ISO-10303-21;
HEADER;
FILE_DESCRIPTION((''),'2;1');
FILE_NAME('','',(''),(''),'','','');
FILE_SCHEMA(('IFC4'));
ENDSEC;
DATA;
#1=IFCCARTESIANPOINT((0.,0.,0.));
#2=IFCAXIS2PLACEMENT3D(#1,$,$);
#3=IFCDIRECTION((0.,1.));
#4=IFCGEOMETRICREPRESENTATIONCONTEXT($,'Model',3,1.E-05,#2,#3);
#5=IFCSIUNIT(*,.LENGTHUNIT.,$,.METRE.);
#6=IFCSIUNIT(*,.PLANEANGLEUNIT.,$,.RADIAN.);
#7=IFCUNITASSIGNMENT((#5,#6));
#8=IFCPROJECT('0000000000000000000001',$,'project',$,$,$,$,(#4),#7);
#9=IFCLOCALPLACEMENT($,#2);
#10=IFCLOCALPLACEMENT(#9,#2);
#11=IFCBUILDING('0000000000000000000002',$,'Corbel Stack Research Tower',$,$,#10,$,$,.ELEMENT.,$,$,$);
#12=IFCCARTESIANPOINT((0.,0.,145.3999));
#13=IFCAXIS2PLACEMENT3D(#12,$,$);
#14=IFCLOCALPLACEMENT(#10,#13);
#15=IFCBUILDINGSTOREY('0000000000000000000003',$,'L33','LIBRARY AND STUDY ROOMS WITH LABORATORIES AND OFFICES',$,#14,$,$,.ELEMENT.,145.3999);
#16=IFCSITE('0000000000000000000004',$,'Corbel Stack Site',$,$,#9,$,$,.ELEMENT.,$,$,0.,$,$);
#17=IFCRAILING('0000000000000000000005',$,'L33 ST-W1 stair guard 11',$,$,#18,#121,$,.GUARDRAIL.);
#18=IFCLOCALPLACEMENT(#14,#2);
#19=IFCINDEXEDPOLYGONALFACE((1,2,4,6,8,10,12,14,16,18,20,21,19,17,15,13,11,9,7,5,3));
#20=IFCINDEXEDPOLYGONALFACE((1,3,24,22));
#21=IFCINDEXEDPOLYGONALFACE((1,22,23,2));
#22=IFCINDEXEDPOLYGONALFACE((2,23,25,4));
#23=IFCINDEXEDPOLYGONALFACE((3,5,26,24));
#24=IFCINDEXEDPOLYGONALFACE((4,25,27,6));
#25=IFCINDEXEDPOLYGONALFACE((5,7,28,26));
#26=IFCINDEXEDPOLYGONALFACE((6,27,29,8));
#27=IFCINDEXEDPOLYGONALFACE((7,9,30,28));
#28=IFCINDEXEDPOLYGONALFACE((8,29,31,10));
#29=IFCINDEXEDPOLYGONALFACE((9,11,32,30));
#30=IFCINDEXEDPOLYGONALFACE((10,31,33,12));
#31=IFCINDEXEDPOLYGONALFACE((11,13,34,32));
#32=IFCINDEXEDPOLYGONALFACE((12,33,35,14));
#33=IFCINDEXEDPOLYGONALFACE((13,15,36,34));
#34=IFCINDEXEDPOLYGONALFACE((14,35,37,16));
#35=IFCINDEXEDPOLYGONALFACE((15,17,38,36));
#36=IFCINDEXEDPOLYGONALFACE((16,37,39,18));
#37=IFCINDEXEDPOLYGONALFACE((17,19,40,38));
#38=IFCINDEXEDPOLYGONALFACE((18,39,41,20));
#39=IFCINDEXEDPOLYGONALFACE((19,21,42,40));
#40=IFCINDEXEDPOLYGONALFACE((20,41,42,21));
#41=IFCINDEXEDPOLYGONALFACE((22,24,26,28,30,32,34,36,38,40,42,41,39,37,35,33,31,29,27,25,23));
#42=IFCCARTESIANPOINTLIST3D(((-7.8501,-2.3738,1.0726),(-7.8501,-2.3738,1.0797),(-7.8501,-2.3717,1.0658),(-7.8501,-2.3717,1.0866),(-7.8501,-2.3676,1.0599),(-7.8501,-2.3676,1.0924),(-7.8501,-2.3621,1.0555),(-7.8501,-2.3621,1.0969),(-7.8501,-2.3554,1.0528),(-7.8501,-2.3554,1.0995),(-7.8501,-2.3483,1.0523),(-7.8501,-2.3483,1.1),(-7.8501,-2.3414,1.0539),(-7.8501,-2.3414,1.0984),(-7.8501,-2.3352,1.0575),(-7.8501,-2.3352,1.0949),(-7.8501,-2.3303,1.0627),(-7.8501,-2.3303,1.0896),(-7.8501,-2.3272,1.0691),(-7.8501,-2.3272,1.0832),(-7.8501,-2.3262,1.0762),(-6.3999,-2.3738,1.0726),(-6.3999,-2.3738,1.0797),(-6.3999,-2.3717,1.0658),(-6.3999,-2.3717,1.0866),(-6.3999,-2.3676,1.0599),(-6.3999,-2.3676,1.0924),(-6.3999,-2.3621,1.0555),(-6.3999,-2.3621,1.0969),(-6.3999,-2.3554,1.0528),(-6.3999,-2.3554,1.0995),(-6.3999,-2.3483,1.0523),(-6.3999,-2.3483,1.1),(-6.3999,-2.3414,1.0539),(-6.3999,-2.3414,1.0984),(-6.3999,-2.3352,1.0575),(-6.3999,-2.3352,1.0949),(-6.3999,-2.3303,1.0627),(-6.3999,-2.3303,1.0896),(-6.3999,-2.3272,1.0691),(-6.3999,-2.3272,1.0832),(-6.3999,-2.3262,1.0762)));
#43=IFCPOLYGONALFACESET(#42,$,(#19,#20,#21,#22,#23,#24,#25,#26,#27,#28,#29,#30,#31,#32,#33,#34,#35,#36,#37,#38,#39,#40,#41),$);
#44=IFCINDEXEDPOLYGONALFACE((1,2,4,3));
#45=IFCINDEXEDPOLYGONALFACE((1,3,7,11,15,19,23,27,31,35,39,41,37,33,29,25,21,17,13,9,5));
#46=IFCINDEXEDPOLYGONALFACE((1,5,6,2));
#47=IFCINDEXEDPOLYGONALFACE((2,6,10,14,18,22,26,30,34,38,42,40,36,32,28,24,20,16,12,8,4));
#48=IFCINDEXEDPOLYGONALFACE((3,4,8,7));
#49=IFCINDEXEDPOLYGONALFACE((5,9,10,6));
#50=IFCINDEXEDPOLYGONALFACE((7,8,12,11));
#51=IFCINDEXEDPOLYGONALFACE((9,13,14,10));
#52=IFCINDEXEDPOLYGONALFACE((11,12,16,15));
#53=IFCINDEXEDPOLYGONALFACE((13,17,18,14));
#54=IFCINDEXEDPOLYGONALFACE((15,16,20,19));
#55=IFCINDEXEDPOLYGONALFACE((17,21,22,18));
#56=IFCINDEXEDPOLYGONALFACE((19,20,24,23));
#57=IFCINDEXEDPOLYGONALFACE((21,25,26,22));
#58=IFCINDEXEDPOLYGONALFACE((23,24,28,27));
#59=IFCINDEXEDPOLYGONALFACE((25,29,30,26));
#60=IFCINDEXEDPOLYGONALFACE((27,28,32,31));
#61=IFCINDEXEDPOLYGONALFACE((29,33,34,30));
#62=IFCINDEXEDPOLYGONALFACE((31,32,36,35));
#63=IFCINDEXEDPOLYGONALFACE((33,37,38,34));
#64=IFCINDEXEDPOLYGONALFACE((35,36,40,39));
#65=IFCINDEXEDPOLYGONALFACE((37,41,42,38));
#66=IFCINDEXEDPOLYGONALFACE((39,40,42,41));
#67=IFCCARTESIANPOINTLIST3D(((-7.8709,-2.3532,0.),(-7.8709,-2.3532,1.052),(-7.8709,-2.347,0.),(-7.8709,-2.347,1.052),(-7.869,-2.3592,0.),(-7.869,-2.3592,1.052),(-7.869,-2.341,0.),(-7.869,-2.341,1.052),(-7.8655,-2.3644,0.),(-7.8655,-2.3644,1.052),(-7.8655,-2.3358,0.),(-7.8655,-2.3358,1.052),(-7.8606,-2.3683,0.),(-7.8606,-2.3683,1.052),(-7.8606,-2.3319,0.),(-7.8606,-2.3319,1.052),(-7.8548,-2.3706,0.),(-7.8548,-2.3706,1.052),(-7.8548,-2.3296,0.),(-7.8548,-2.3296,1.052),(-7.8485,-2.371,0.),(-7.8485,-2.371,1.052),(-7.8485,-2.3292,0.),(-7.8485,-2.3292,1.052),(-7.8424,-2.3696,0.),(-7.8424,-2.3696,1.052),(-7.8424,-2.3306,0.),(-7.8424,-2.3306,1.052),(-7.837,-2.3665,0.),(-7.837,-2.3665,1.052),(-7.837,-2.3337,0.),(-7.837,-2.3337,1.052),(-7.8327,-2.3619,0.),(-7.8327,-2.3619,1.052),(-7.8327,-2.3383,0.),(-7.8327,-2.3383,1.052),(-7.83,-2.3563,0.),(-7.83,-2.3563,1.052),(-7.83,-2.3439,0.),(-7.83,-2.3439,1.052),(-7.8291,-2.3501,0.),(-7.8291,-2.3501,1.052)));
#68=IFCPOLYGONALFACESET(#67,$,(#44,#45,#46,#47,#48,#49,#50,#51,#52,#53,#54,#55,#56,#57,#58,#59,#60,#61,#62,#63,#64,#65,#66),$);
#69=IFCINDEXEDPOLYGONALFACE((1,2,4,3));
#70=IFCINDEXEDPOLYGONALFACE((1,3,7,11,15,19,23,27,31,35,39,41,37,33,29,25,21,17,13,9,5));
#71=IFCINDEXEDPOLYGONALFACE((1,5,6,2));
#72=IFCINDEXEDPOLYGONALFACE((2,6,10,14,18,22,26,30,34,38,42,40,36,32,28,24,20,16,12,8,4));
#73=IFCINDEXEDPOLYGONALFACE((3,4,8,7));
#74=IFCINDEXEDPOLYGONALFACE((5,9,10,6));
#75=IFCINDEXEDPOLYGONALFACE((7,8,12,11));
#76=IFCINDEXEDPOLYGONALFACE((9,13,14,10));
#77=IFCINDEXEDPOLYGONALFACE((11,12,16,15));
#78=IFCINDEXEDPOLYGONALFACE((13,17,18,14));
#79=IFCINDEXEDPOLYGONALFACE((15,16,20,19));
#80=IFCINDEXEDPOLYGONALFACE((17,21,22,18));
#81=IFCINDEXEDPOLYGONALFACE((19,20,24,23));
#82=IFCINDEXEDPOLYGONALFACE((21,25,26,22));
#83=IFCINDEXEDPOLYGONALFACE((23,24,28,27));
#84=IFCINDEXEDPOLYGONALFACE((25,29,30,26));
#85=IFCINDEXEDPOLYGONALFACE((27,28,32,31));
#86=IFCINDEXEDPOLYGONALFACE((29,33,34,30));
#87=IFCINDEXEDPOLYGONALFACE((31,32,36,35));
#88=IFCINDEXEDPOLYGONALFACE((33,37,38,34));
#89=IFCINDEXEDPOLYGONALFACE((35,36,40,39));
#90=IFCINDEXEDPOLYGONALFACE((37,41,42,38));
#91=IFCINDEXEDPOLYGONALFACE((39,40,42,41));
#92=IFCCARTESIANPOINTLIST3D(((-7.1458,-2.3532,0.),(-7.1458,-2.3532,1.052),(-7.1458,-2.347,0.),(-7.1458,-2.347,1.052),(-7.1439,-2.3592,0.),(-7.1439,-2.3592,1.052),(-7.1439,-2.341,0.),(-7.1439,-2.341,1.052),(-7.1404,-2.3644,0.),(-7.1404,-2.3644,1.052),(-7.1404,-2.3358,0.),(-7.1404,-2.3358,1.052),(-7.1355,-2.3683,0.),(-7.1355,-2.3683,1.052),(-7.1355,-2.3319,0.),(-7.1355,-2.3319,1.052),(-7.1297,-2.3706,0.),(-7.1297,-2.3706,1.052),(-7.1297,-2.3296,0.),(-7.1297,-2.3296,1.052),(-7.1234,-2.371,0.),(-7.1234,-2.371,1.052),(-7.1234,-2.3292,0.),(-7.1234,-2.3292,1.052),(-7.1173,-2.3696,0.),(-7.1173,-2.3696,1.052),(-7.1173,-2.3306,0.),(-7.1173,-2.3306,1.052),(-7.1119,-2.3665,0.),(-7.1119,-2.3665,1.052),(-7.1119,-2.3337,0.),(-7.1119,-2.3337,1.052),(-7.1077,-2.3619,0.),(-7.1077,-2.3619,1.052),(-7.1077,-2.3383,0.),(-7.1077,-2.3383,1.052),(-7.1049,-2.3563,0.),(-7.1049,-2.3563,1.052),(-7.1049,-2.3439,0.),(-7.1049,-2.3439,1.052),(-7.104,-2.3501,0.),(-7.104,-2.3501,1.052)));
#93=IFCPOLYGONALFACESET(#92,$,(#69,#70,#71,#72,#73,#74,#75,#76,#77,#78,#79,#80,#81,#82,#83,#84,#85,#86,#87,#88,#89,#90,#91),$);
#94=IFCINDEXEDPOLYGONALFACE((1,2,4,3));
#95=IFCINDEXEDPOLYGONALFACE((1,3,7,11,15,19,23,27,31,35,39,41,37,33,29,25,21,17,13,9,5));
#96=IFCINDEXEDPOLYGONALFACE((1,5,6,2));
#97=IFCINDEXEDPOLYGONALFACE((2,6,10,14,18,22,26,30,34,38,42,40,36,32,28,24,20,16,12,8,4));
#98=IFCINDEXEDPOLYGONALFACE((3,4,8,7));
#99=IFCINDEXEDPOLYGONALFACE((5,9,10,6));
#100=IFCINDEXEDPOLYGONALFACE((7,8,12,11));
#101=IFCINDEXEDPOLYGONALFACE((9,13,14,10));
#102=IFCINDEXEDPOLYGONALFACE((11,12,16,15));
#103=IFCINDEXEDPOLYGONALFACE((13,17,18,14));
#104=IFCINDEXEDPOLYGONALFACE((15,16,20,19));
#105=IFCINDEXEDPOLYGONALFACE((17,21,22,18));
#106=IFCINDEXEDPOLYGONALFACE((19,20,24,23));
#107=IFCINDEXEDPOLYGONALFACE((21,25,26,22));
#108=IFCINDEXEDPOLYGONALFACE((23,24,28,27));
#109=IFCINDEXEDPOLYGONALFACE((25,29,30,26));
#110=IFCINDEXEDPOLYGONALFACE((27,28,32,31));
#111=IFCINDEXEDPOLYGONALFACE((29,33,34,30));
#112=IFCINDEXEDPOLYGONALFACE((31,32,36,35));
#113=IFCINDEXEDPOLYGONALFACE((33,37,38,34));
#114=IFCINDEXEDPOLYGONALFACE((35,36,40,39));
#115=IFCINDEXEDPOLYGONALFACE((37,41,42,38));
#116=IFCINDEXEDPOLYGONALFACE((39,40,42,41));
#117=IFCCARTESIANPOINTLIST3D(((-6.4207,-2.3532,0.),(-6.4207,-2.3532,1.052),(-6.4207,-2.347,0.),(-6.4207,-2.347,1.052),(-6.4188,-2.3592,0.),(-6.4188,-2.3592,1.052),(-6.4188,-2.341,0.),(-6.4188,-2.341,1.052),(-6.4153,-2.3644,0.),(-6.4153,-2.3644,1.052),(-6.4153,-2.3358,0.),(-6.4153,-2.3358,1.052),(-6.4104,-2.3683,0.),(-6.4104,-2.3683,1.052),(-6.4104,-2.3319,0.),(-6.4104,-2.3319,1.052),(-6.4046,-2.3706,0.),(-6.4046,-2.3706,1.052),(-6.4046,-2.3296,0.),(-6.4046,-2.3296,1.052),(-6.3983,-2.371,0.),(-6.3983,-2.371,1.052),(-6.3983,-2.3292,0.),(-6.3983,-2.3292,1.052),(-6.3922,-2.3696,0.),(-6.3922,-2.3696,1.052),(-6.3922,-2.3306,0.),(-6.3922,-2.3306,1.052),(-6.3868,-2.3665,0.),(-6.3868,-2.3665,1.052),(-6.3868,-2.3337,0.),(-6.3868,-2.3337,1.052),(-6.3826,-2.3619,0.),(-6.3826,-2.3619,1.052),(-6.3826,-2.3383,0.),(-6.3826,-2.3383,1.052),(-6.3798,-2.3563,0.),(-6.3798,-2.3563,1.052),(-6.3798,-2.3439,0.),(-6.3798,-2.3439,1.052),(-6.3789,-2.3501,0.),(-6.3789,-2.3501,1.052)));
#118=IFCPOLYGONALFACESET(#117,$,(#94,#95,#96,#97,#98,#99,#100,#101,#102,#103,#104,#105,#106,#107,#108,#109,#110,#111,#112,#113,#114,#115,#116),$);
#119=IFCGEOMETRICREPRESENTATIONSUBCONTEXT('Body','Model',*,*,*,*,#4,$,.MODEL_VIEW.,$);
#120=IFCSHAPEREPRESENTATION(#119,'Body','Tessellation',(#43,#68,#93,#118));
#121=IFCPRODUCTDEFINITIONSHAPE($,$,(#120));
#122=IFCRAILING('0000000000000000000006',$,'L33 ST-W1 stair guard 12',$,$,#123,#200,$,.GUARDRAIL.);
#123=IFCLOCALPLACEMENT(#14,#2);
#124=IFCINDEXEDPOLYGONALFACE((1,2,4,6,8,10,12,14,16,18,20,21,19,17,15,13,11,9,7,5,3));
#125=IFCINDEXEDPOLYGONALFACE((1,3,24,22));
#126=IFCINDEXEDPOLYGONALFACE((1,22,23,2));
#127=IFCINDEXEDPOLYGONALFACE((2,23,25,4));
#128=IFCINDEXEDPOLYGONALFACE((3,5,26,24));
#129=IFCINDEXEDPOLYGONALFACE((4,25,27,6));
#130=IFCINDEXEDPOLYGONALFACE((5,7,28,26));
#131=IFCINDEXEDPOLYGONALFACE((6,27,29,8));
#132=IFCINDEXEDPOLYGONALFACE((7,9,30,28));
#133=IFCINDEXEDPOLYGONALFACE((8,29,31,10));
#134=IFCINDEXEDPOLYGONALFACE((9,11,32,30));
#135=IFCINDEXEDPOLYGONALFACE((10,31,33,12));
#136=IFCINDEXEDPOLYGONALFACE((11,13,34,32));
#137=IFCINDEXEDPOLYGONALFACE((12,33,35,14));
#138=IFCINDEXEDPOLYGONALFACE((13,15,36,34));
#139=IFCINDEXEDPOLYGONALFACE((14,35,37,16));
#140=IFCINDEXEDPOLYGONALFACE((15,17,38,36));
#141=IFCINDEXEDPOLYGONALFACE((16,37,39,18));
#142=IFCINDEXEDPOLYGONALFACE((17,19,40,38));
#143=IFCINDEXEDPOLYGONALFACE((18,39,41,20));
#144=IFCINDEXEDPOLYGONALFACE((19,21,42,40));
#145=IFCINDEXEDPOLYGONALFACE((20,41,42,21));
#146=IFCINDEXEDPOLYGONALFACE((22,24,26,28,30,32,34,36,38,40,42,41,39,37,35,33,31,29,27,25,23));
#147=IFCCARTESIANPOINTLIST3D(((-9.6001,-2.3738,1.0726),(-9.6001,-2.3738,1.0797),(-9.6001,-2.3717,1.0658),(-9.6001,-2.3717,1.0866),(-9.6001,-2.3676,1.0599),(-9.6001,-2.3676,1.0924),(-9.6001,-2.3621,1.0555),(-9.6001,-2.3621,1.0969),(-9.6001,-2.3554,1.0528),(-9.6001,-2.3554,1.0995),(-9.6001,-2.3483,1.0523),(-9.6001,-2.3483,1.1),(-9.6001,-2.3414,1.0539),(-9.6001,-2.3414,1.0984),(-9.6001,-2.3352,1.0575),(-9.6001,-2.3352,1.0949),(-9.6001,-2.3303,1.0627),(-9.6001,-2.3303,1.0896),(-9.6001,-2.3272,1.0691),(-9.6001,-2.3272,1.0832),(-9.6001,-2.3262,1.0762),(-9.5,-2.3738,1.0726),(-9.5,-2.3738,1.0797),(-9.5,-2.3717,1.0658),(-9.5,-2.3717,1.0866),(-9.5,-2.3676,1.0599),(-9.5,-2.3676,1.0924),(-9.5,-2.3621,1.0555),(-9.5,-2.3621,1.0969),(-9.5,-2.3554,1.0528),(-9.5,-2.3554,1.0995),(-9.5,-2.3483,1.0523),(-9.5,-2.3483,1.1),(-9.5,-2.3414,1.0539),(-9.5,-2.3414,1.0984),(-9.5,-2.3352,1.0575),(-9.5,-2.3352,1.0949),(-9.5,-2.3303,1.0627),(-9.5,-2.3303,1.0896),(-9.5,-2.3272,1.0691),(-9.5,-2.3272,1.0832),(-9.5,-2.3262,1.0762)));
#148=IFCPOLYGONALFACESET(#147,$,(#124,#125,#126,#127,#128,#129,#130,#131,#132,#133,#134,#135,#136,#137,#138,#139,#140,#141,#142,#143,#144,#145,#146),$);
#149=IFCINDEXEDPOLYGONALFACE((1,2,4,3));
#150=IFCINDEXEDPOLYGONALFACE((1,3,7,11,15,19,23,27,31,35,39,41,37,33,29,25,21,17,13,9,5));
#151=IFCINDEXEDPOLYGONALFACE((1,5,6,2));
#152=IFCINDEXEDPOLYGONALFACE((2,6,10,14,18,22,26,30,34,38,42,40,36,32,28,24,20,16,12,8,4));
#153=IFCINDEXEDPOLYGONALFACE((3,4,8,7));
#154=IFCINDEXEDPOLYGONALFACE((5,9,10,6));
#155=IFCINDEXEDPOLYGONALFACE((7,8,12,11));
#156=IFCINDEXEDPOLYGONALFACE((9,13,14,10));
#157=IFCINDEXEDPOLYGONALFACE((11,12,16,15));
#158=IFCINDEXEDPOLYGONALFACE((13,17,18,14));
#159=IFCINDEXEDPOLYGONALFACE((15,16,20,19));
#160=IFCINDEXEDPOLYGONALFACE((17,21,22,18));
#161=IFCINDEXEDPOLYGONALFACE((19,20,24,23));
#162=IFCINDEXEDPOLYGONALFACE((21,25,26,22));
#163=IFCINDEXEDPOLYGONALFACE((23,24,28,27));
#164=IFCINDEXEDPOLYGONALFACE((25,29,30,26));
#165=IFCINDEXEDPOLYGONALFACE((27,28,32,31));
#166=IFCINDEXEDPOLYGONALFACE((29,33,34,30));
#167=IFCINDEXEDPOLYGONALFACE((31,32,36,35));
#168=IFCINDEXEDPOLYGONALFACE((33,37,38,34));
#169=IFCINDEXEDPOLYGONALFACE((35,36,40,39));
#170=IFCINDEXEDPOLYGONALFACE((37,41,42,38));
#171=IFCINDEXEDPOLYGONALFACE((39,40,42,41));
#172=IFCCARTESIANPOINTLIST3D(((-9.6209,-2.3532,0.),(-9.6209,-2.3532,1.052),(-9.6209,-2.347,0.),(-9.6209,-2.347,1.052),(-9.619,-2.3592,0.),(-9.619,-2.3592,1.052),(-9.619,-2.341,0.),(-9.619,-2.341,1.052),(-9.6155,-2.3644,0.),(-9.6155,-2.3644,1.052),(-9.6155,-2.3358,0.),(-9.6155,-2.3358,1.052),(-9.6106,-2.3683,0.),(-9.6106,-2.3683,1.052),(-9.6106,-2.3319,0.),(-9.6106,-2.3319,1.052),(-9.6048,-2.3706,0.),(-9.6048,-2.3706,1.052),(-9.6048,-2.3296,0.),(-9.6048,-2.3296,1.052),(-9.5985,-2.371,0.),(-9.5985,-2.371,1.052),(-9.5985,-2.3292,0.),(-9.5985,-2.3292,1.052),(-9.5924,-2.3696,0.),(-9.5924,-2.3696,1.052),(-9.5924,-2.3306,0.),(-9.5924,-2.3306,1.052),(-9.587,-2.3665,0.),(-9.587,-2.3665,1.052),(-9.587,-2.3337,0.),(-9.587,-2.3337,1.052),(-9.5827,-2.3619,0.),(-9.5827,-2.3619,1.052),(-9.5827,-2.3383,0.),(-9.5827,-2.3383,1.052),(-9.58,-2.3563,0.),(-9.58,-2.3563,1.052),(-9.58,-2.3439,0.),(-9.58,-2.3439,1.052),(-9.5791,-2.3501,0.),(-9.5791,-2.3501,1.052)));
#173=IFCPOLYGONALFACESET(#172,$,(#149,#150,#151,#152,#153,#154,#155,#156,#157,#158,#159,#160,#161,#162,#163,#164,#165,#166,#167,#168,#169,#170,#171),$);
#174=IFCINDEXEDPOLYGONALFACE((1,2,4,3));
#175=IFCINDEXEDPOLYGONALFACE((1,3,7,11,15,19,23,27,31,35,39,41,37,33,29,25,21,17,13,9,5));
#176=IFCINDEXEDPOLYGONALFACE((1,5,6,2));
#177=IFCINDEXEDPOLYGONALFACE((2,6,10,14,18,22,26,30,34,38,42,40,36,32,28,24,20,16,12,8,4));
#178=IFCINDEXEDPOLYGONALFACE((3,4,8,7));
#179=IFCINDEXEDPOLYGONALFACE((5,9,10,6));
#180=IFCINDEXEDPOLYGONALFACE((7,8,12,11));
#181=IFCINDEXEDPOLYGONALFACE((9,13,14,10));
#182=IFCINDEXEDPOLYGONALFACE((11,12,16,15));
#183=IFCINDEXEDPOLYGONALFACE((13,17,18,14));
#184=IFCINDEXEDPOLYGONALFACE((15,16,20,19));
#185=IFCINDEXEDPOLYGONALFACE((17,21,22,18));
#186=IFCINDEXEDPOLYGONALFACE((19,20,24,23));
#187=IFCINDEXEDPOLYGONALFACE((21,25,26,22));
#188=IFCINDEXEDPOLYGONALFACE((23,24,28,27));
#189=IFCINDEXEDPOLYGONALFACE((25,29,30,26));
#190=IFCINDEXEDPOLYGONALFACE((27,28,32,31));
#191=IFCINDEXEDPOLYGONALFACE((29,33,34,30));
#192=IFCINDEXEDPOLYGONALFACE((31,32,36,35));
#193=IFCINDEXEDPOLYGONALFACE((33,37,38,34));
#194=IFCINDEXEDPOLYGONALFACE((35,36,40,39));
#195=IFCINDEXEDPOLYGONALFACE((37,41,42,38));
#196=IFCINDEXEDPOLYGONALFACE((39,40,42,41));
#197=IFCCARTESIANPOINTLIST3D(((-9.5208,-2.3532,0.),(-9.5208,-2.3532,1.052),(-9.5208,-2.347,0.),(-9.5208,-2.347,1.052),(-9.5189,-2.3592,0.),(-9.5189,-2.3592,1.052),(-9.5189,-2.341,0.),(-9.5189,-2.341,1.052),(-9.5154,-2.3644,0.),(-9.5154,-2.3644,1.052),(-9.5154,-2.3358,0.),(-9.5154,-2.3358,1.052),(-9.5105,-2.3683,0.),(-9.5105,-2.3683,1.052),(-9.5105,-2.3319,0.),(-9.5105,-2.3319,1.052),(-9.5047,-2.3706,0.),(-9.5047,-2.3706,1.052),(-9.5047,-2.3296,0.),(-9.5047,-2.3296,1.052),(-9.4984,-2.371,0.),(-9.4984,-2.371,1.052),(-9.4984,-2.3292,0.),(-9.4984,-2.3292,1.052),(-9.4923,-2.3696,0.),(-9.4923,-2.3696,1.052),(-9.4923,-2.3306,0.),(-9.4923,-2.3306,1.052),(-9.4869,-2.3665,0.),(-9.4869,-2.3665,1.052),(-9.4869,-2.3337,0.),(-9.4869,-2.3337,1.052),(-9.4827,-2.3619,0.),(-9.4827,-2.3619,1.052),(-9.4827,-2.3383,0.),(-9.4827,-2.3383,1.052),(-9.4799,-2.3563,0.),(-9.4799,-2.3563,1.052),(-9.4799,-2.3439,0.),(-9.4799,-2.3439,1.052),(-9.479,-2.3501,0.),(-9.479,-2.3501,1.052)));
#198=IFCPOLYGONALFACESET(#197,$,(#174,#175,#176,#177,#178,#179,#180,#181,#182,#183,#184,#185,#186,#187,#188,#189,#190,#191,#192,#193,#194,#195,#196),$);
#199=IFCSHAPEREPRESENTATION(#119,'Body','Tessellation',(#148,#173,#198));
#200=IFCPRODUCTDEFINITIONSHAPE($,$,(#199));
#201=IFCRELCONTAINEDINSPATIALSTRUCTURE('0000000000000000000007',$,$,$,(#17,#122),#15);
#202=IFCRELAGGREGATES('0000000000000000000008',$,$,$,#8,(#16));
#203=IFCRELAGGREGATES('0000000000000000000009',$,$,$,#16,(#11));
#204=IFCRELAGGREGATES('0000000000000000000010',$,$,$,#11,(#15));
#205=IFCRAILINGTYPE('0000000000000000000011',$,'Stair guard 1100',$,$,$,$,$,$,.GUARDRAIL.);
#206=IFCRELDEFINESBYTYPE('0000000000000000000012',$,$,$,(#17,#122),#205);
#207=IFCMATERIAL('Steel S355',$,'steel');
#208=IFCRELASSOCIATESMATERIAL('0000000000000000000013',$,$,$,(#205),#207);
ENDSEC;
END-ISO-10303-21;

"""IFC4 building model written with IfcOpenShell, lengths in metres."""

from ifc_helpers import new_model, si_unit, direction, frame, origin, origin_2d, place, context, subcontext, project, spatial, circle, extrude, material, type_object, element, save


model = new_model("IFC4")

# Units and contexts
model_context = context("Model", 3, precision=1e-05, world=origin(), true_north=direction((0.0, 1.0)))
body_context = subcontext(model_context, "Body", "Model", "MODEL_VIEW")
ifc_project = project(units=[si_unit("LENGTHUNIT", "METRE"), si_unit("PLANEANGLEUNIT", "RADIAN")], contexts=[model_context])

# Site, building, storey
site_placement = place(None, origin())
site = spatial("IfcSite", under=ifc_project, at=site_placement, Name="Corbel Stack Site", CompositionType="ELEMENT", RefElevation=0.0)
building_placement = place(site_placement, origin())
building = spatial("IfcBuilding", under=site, at=building_placement, Name="Corbel Stack Research Tower", CompositionType="ELEMENT")
storey_placement = place(building_placement, frame((0.0, 0.0, 145.3999)))
storey = spatial("IfcBuildingStorey", under=building, at=storey_placement, Name="L33", Description="LIBRARY AND STUDY ROOMS WITH LABORATORIES AND OFFICES", CompositionType="ELEMENT", Elevation=145.3999)

# Railings
ifc_material_1 = material(Name="Steel S355", Category="steel")
railing_type = type_object("IfcRailingType", Name="Stair guard 1100", PredefinedType="GUARDRAIL", material=ifc_material_1)
railing_1_placement = place(storey_placement, frame((-7.8501, -2.3501, 0.0)))
element("IfcRailing", 1, at=railing_1_placement, inside=storey, type_object=railing_type, Name="L33 ST-W1 stair guard 11", PredefinedType="GUARDRAIL", context=body_context, shape_type="SweptSolid", body=[
    extrude(circle(Radius=0.0239, at=origin_2d()), frame((0.0, 0.0, 1.0762), z_axis=(1.0, 0.0, 0.0), x_axis=(0.0, 1.0, 0.0)), (0.0, 0.0, 1.0), 1.4502),
    extrude(circle(Radius=0.021, at=origin_2d()), origin(), (0.0, 0.0, 1.0), 1.052),
    extrude(circle(Radius=0.021, at=origin_2d()), frame((0.7251, 0.0, 0.0)), (0.0, 0.0, 1.0), 1.052),
    extrude(circle(Radius=0.021, at=origin_2d()), frame((1.4502, 0.0, 0.0)), (0.0, 0.0, 1.0), 1.052),
])
railing_2_placement = place(storey_placement, frame((-9.6001, -2.3501, 0.0)))
element("IfcRailing", 2, at=railing_2_placement, inside=storey, type_object=railing_type, Name="L33 ST-W1 stair guard 12", PredefinedType="GUARDRAIL", context=body_context, shape_type="SweptSolid", body=[
    extrude(circle(Radius=0.0239, at=origin_2d()), frame((0.0, 0.0, 1.0762), z_axis=(1.0, 0.0, 0.0), x_axis=(0.0, 1.0, 0.0)), (0.0, 0.0, 1.0), 0.1001),
    extrude(circle(Radius=0.021, at=origin_2d()), origin(), (0.0, 0.0, 1.0), 1.052),
    extrude(circle(Radius=0.021, at=origin_2d()), frame((0.1001, 0.0, 0.0)), (0.0, 0.0, 1.0), 1.052),
])

save(model, "model.ifc")
